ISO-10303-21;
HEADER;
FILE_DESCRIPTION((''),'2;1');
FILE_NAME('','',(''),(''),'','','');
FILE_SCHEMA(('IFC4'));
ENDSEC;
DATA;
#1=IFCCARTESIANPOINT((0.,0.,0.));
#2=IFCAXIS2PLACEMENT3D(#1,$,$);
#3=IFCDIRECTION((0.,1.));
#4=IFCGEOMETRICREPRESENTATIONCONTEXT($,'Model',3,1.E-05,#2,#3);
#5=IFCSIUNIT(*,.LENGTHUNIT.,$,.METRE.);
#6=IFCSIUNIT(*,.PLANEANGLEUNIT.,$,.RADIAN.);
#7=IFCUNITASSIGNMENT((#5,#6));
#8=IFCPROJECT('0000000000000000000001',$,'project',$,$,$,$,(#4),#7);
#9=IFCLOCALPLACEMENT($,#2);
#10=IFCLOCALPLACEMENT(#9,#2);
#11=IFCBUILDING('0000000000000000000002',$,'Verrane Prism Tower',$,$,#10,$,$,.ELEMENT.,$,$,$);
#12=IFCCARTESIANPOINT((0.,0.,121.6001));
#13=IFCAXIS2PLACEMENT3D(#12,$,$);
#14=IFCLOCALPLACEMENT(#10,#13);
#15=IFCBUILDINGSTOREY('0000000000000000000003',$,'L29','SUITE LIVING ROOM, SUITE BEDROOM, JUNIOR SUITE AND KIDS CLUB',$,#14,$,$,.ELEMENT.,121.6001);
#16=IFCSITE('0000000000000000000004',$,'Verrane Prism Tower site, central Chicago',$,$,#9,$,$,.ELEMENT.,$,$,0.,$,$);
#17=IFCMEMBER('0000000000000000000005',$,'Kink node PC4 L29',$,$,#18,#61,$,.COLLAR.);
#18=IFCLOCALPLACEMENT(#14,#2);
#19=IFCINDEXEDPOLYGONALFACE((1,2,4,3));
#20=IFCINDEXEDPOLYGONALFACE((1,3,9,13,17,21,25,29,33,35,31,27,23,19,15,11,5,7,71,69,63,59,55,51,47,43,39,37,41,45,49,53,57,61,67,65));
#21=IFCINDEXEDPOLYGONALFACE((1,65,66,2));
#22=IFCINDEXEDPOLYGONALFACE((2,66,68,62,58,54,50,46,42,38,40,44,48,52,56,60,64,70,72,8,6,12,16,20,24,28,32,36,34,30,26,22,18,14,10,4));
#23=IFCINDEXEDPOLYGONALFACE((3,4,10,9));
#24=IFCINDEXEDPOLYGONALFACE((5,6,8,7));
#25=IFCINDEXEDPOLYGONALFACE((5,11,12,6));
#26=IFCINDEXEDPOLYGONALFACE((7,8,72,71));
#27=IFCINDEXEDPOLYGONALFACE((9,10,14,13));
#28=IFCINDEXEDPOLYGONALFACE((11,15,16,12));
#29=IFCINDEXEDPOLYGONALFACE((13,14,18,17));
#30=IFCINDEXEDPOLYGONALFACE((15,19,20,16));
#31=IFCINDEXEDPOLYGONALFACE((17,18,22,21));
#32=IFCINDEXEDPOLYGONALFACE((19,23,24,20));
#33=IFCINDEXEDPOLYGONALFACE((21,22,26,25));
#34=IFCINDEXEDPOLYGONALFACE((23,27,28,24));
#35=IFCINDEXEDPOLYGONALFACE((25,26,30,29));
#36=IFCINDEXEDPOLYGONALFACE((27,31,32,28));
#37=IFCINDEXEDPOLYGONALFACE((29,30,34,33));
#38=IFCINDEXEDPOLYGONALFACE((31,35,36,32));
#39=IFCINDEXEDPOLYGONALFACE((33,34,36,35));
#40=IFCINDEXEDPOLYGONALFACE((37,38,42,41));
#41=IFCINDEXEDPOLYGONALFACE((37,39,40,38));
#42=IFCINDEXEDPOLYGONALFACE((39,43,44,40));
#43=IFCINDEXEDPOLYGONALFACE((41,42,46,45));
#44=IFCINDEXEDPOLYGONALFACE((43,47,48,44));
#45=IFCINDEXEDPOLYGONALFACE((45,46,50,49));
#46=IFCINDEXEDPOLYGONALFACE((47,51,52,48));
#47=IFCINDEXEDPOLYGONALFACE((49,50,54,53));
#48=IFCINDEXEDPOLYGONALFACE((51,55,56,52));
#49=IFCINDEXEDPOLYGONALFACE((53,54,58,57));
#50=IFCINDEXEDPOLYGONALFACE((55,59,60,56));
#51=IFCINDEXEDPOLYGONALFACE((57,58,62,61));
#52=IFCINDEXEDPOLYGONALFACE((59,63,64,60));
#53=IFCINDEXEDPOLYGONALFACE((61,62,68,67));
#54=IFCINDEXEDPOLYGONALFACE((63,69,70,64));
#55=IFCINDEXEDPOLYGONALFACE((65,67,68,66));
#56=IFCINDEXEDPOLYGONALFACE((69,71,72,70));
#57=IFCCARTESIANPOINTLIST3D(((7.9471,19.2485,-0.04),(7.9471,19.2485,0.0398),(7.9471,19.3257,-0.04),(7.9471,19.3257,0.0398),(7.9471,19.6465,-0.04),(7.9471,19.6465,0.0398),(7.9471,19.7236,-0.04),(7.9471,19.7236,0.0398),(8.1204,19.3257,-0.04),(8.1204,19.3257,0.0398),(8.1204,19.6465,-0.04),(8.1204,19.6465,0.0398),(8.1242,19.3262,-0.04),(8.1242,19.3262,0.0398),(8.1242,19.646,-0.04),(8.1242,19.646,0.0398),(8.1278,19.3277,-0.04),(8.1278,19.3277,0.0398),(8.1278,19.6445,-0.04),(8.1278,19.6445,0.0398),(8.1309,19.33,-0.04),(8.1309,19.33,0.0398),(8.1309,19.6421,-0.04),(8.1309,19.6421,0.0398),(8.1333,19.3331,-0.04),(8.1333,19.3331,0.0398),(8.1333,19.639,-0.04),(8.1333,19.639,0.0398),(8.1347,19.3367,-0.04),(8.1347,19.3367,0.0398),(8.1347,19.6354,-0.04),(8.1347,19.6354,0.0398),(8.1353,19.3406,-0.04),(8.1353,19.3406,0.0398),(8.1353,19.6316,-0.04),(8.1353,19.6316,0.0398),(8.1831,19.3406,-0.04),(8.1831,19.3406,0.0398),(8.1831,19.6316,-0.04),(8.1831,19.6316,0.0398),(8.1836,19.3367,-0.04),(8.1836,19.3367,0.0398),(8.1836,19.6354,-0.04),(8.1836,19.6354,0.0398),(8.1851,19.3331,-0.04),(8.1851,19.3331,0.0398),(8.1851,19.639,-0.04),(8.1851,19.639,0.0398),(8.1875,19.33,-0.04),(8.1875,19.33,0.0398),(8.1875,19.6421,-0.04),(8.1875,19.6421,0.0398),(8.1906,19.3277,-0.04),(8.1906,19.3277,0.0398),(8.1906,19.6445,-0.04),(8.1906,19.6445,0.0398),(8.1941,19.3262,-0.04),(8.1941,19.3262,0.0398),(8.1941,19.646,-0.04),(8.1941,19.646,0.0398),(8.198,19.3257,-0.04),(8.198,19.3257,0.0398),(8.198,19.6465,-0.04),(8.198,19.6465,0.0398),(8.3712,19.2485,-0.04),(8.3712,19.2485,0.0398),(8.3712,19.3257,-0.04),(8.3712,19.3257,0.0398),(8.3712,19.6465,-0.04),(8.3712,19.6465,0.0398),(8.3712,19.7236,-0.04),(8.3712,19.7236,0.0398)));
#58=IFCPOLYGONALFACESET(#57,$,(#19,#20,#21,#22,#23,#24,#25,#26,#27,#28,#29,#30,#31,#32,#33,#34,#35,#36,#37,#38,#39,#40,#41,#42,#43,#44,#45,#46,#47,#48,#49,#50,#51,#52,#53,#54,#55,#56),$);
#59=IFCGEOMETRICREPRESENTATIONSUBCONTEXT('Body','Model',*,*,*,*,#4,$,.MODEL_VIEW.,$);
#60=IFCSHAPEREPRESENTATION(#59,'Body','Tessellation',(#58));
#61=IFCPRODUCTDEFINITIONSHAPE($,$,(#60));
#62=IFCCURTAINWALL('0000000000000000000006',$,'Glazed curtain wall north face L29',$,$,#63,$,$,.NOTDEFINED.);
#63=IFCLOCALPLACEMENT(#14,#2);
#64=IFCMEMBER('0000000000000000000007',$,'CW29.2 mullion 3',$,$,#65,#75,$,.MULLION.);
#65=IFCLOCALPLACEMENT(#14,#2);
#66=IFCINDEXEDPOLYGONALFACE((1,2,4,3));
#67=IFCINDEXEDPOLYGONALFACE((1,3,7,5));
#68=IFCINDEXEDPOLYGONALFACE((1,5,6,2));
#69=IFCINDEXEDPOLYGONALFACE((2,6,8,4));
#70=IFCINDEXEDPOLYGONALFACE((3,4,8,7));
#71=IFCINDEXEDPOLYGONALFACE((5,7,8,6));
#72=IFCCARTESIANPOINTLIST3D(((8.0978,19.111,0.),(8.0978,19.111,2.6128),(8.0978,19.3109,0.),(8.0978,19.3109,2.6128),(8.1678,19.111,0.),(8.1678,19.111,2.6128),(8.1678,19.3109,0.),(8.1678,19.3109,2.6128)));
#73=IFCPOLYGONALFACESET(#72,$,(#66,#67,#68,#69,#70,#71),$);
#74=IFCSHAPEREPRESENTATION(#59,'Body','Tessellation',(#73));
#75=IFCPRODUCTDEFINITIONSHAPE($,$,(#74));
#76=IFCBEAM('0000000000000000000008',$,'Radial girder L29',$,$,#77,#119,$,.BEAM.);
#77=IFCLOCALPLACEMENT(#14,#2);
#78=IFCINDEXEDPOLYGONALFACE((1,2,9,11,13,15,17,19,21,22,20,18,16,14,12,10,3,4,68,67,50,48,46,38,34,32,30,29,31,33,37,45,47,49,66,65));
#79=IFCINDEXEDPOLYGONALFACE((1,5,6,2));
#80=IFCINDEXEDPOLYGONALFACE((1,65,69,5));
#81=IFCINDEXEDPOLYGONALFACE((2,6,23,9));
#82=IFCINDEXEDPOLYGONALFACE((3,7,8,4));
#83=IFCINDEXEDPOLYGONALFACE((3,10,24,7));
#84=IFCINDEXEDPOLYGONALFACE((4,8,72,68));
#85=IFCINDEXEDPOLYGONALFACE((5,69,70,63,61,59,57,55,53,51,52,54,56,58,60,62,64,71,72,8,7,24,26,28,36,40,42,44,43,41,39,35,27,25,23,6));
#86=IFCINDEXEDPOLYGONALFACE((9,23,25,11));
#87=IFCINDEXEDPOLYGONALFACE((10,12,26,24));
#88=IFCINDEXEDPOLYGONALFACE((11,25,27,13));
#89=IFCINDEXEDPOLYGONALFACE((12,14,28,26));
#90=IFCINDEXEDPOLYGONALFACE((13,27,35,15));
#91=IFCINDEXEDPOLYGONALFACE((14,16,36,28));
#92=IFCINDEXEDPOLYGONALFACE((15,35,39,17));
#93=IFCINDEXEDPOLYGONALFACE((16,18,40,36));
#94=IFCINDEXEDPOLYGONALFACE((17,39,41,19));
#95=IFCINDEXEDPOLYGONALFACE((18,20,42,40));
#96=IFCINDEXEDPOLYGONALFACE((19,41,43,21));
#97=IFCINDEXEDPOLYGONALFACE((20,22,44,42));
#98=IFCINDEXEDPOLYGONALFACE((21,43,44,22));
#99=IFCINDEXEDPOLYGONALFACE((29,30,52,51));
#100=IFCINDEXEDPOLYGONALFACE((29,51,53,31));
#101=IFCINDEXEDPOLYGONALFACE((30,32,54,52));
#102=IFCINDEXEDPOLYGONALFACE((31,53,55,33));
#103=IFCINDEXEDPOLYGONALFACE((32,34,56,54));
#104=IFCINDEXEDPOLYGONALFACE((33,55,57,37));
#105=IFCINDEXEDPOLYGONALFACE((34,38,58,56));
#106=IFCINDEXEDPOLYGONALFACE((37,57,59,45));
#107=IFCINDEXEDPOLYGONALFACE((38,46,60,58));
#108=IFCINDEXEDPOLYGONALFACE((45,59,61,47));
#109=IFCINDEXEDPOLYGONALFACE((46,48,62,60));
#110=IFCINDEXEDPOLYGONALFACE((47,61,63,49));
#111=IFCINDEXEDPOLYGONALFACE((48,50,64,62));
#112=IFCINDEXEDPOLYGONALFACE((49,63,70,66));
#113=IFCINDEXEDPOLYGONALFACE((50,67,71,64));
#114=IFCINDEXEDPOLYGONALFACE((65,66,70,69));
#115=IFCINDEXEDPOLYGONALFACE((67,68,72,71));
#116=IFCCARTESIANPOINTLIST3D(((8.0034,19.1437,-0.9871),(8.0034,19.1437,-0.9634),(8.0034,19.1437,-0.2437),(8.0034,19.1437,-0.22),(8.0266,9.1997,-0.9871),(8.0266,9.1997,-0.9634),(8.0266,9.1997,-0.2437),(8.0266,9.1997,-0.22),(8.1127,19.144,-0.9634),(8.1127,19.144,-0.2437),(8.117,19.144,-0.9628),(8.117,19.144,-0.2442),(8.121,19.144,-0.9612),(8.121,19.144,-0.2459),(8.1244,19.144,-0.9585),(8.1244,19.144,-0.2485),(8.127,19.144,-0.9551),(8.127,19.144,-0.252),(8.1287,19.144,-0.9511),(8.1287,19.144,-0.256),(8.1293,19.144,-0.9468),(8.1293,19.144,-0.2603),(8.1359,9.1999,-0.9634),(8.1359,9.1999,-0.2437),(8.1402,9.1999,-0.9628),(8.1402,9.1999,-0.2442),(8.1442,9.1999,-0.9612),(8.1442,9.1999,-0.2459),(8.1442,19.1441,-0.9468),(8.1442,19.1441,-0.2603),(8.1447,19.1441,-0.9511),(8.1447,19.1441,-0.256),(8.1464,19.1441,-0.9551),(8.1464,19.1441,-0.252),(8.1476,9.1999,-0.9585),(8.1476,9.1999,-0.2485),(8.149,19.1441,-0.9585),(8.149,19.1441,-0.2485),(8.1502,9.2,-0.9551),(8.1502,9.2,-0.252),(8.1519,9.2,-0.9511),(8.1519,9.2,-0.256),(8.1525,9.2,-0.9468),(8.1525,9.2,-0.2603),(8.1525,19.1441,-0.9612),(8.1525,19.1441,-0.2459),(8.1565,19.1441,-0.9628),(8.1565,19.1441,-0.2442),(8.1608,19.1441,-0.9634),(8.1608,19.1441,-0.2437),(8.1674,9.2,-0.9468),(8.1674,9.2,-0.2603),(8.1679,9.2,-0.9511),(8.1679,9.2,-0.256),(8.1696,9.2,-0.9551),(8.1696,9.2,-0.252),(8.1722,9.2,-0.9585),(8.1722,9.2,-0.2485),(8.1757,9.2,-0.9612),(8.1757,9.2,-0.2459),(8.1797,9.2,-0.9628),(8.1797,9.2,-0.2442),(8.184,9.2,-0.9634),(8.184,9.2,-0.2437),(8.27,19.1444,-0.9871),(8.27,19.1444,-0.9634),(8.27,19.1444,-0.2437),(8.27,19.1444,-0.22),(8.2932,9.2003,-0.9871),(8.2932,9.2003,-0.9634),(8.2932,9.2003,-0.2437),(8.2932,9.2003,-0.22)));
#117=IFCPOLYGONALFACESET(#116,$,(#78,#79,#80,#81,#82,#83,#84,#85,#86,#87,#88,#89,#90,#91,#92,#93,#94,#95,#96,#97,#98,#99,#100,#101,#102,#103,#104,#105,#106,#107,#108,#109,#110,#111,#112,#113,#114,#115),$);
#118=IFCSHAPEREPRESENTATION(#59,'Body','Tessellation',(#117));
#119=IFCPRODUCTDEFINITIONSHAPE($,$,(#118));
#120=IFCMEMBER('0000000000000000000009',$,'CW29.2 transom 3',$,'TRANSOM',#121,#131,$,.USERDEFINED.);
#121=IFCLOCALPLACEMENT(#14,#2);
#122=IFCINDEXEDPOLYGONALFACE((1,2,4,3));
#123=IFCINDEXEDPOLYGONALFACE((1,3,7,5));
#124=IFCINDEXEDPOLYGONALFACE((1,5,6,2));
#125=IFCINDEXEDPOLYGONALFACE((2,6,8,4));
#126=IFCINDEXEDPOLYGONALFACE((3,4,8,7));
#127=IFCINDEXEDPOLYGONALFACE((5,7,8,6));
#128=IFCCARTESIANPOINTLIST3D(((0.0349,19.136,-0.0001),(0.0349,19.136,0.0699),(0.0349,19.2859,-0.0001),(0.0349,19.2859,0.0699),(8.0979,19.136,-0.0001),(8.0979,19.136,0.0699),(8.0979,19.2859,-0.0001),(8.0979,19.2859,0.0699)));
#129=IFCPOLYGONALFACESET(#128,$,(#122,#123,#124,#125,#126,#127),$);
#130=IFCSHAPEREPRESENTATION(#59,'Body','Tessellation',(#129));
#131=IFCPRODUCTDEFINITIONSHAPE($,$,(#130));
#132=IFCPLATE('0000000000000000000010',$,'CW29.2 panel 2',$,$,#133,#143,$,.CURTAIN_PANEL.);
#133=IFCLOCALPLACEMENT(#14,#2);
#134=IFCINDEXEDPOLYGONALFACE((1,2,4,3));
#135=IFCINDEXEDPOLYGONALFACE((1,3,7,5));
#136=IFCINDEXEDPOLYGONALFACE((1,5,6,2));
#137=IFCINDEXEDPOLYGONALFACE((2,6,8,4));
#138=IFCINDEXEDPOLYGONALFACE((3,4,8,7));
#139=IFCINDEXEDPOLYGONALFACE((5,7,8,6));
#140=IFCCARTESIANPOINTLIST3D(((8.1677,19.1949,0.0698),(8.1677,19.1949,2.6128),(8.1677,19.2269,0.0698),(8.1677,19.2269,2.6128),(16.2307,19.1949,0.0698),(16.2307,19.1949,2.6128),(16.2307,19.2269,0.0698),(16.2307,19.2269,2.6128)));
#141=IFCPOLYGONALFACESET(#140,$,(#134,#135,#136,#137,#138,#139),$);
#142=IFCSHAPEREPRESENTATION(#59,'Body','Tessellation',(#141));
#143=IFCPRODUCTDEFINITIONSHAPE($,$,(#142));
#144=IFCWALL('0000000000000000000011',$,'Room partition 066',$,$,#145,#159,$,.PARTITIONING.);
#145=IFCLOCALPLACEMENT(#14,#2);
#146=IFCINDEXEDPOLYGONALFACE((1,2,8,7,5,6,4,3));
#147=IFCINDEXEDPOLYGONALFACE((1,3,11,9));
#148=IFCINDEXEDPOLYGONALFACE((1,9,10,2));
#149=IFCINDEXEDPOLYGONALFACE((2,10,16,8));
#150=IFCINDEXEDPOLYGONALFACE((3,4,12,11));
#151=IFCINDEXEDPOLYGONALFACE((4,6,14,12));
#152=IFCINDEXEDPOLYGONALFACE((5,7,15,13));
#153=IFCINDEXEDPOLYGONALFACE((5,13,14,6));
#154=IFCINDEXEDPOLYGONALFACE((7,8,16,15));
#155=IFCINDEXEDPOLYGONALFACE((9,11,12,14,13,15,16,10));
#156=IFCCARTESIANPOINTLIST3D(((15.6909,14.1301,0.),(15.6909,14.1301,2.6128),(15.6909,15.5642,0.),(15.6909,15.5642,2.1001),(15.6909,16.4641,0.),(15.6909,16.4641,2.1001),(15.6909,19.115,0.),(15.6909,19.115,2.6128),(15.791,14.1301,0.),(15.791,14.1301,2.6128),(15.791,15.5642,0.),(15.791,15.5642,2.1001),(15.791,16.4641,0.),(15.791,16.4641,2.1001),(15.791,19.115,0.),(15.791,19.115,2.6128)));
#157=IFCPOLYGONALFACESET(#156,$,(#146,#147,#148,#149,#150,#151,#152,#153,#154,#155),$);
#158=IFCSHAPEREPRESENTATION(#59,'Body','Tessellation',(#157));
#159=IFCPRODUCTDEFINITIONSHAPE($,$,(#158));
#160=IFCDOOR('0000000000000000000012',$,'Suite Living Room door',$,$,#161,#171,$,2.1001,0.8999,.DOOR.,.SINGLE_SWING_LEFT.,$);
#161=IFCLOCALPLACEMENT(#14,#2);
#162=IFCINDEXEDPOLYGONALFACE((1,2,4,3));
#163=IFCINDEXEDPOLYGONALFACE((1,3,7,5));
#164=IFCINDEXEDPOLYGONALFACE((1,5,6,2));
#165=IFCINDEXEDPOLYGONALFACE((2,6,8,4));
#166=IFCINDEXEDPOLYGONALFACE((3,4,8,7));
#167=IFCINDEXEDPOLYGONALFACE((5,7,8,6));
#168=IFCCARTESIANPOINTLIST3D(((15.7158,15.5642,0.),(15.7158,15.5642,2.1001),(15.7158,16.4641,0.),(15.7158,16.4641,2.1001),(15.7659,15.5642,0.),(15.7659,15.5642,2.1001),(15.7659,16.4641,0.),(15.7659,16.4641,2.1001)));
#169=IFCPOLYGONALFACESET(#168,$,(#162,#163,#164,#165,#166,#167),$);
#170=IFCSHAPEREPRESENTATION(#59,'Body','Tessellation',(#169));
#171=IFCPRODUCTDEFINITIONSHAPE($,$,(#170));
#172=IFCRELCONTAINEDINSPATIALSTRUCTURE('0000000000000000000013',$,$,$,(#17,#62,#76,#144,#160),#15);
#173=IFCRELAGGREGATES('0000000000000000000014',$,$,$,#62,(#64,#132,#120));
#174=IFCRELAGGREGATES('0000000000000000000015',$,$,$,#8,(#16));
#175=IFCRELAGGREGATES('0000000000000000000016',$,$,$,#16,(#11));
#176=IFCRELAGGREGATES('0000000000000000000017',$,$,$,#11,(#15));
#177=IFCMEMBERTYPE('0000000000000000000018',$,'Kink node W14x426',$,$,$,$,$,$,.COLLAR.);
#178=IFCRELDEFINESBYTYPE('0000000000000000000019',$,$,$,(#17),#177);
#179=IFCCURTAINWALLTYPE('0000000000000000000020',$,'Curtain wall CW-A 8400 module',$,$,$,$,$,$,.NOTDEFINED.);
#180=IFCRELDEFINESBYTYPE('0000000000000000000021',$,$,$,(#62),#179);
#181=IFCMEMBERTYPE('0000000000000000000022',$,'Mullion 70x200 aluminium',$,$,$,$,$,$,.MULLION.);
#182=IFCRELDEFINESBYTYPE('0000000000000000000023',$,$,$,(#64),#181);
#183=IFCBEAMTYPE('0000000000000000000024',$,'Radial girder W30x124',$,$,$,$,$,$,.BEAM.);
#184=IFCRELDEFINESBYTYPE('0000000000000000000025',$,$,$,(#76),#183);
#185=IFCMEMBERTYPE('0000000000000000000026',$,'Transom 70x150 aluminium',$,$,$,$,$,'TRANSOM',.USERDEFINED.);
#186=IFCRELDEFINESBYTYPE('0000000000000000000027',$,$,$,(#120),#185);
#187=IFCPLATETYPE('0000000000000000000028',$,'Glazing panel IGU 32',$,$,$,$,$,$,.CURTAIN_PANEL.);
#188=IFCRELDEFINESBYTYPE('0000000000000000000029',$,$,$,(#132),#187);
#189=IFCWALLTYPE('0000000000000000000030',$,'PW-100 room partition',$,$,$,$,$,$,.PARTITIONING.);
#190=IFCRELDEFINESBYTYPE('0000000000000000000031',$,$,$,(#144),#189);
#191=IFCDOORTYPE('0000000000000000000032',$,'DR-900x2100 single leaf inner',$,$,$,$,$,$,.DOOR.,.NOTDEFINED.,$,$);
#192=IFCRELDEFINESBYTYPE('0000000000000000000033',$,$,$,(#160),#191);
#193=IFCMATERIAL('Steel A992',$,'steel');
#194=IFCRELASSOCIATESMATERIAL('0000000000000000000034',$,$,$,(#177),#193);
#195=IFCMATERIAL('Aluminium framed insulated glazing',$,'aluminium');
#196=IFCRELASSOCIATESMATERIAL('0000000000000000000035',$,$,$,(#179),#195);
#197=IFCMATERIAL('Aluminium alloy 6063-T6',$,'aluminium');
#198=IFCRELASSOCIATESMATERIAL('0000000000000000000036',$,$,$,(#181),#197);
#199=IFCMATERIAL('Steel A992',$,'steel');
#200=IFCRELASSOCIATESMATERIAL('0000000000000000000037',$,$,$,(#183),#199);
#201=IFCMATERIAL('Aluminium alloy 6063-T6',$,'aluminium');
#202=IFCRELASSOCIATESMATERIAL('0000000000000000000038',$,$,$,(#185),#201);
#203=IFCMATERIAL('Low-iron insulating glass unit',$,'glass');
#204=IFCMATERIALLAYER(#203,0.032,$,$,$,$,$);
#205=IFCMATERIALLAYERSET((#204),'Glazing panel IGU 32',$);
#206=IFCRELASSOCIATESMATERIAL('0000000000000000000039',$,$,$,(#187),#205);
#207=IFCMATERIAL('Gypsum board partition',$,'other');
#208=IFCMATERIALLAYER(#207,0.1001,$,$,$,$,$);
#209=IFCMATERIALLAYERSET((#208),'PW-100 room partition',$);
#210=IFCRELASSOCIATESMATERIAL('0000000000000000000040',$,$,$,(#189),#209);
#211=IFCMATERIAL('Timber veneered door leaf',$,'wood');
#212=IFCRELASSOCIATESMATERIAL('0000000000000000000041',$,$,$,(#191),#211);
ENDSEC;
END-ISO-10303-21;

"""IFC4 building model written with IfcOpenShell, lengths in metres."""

from ifc_helpers import new_model, si_unit, direction, frame, frame_2d, origin, origin_2d, place, context, subcontext, project, spatial, rectangle, i_section, extrude, material, layer, layer_set, material_profile, profile_set, type_object, element, fill, aggregate, save


model = new_model("IFC4")

# Units and contexts
model_context = context("Model", 3, precision=1e-05, world=origin(), true_north=direction((0.0, 1.0)))
body_context = subcontext(model_context, "Body", "Model", "MODEL_VIEW")
ifc_project = project(units=[si_unit("LENGTHUNIT", "METRE"), si_unit("PLANEANGLEUNIT", "RADIAN")], contexts=[model_context])

# Site, building, storey
site_placement = place(None, origin())
site = spatial("IfcSite", under=ifc_project, at=site_placement, Name="Verrane Prism Tower site, central Chicago", CompositionType="ELEMENT", RefElevation=0.0)
building_placement = place(site_placement, origin())
building = spatial("IfcBuilding", under=site, at=building_placement, Name="Verrane Prism Tower", CompositionType="ELEMENT")
storey_placement = place(building_placement, frame((0.0, 0.0, 121.6001)))
storey = spatial("IfcBuildingStorey", under=building, at=storey_placement, Name="L29", Description="SUITE LIVING ROOM, SUITE BEDROOM, JUNIOR SUITE AND KIDS CLUB", CompositionType="ELEMENT", Elevation=121.6001)

# Member
ifc_material_1 = material(Name="Steel A992", Category="steel")
ifc_material_profile_1 = material_profile(ifc_material_1, i_section(OverallWidth=0.4241, OverallDepth=0.4751, WebThickness=0.0479, FlangeThickness=0.0771, FilletRadius=0.0149, at=origin_2d()), Name="W14x426")
ifc_profile_set_1 = profile_set([ifc_material_profile_1], Name="Steel A992")
member_type_1 = type_object("IfcMemberType", Name="Kink node W14x426", PredefinedType="COLLAR", material=ifc_profile_set_1)
member_1_placement = place(storey_placement, frame((8.1592, 19.4861, -0.04), z_axis=(0.0, 0.0, 1.0), x_axis=(1.0, 0.0, 0.0)))
element("IfcMember", 1, at=member_1_placement, inside=storey, type_object=member_type_1, Name="Kink node PC4 L29", PredefinedType="COLLAR", context=body_context, shape_type="SweptSolid", body=[
    extrude(i_section(OverallWidth=0.4241, OverallDepth=0.4751, WebThickness=0.0479, FlangeThickness=0.0771, FilletRadius=0.0149, at=origin_2d()), origin(), (0.0, 0.0, 1.0), 0.0798),
])

# Curtain wall, member
ifc_material_2 = material(Name="Aluminium framed insulated glazing", Category="aluminium")
curtain_wall_type = type_object("IfcCurtainWallType", Name="Curtain wall CW-A 8400 module", PredefinedType="NOTDEFINED", material=ifc_material_2)
curtain_wall_placement = place(storey_placement, origin())
curtain_wall = element("IfcCurtainWall", 2, at=curtain_wall_placement, inside=storey, type_object=curtain_wall_type, Name="Glazed curtain wall north face L29", PredefinedType="NOTDEFINED")
ifc_material_3 = material(Name="Aluminium alloy 6063-T6", Category="aluminium")
ifc_material_profile_2 = material_profile(ifc_material_3, rectangle(XDim=0.2, YDim=0.0701, at=origin_2d()), Name="Mullion 70x200 aluminium")
ifc_profile_set_2 = profile_set([ifc_material_profile_2], Name="Aluminium alloy 6063-T6")
member_type_2 = type_object("IfcMemberType", Name="Mullion 70x200 aluminium", PredefinedType="MULLION", material=ifc_profile_set_2)
member_2_placement = place(storey_placement, frame((8.1328, 19.2109, 0.0), z_axis=(0.0, 0.0, 1.0), x_axis=(0.0, -1.0, 0.0)))
member_2 = element("IfcMember", 3, at=member_2_placement, type_object=member_type_2, Name="CW29.2 mullion 3", PredefinedType="MULLION", context=body_context, shape_type="SweptSolid", body=[
    extrude(rectangle(XDim=0.2, YDim=0.0701, at=origin_2d()), origin(), (0.0, 0.0, 1.0), 2.6128),
])

# Beam
ifc_material_4 = material(Name="Steel A992", Category="steel")
ifc_material_profile_3 = material_profile(ifc_material_4, i_section(OverallWidth=0.2666, OverallDepth=0.7671, WebThickness=0.0149, FlangeThickness=0.0237, FilletRadius=0.0166, at=origin_2d()), Name="W30x124")
ifc_profile_set_3 = profile_set([ifc_material_profile_3], Name="Steel A992")
beam_type_1 = type_object("IfcBeamType", Name="Radial girder W30x124", PredefinedType="BEAM", material=ifc_profile_set_3)
beam_1_placement = place(storey_placement, frame((8.1367, 19.144, -0.6035), z_axis=(0.002332, -0.999997, 0.0), x_axis=(0.999997, 0.002332, 0.0)))
element("IfcBeam", 4, at=beam_1_placement, inside=storey, type_object=beam_type_1, Name="Radial girder L29", PredefinedType="BEAM", context=body_context, shape_type="SweptSolid", body=[
    extrude(i_section(OverallWidth=0.2666, OverallDepth=0.7671, WebThickness=0.0149, FlangeThickness=0.0237, FilletRadius=0.0166, at=origin_2d()), origin(), (0.0, 0.0, 1.0), 9.9441),
])

# Member
ifc_material_5 = material(Name="Aluminium alloy 6063-T6", Category="aluminium")
ifc_material_profile_4 = material_profile(ifc_material_5, rectangle(XDim=0.1499, YDim=0.0701, at=origin_2d()), Name="Transom 70x150 aluminium")
ifc_profile_set_4 = profile_set([ifc_material_profile_4], Name="Aluminium alloy 6063-T6")
member_type_3 = type_object("IfcMemberType", Name="Transom 70x150 aluminium", ElementType="TRANSOM", PredefinedType="USERDEFINED", material=ifc_profile_set_4)
member_3_placement = place(storey_placement, frame((8.0979, 19.2109, 0.0349), z_axis=(-1.0, 0.0, 0.0), x_axis=(0.0, -1.0, 0.0)))
member_3 = element("IfcMember", 5, at=member_3_placement, type_object=member_type_3, Name="CW29.2 transom 3", ObjectType="TRANSOM", PredefinedType="USERDEFINED", context=body_context, shape_type="SweptSolid", body=[
    extrude(rectangle(XDim=0.1499, YDim=0.0701, at=origin_2d()), origin(), (0.0, 0.0, 1.0), 8.063),
])

# Plate
ifc_material_6 = material(Name="Low-iron insulating glass unit", Category="glass")
ifc_layer_1 = layer(ifc_material_6, 0.032)
ifc_layer_set_1 = layer_set([ifc_layer_1], Name="Glazing panel IGU 32")
plate_type = type_object("IfcPlateType", Name="Glazing panel IGU 32", PredefinedType="CURTAIN_PANEL", material=ifc_layer_set_1)
plate_placement = place(storey_placement, frame((12.1992, 19.2109, 0.0698), z_axis=(0.0, 0.0, 1.0), x_axis=(-1.0, 0.0, 0.0)))
plate = element("IfcPlate", 6, at=plate_placement, type_object=plate_type, Name="CW29.2 panel 2", PredefinedType="CURTAIN_PANEL", context=body_context, shape_type="SweptSolid", body=[
    extrude(rectangle(XDim=8.063, YDim=0.032, at=origin_2d()), origin(), (0.0, 0.0, 1.0), 2.543),
])
aggregate(curtain_wall, [member_2, plate, member_3])

# Wall, opening, door
ifc_material_7 = material(Name="Gypsum board partition", Category="other")
ifc_layer_2 = layer(ifc_material_7, 0.1001)
ifc_layer_set_2 = layer_set([ifc_layer_2], Name="PW-100 room partition")
wall_type_1 = type_object("IfcWallType", Name="PW-100 room partition", PredefinedType="PARTITIONING", material=ifc_layer_set_2)
wall_1_placement = place(storey_placement, frame((15.741, 19.115, 0.0), z_axis=(0.0, 0.0, 1.0), x_axis=(0.0, -1.0, 0.0)))
wall_1 = element("IfcWall", 7, at=wall_1_placement, inside=storey, type_object=wall_type_1, Name="Room partition 066", PredefinedType="PARTITIONING", context=body_context, shape_type="SweptSolid", body=[
    extrude(rectangle(XDim=4.9849, YDim=0.1001, at=frame_2d((2.4924, 0.0))), origin(), (0.0, 0.0, 1.0), 2.6128),
])
opening_1_placement = place(wall_1_placement, frame((2.6509, 0.0, 0.0)))
opening_1 = element("IfcOpeningElement", 8, at=opening_1_placement, cuts=wall_1, PredefinedType="OPENING", context=body_context, shape_type="SweptSolid", body=[
    extrude(rectangle(XDim=0.8999, YDim=2.1001, at=frame_2d((0.45, 1.05))), frame((0.0, 0.0601, 0.0), z_axis=(0.0, -1.0, 0.0), x_axis=(1.0, 0.0, 0.0)), (0.0, 0.0, 1.0), 0.1201),
])
ifc_material_8 = material(Name="Timber veneered door leaf", Category="wood")
door_type_1 = type_object("IfcDoorType", Name="DR-900x2100 single leaf inner", OperationType="NOTDEFINED", PredefinedType="DOOR", material=ifc_material_8)
door_1_placement = place(opening_1_placement, origin())
door_1 = element("IfcDoor", 9, at=door_1_placement, inside=storey, type_object=door_type_1, Name="Suite Living Room door", OperationType="SINGLE_SWING_LEFT", OverallHeight=2.1001, OverallWidth=0.8999, PredefinedType="DOOR", context=body_context, shape_type="SweptSolid", body=[
    extrude(rectangle(XDim=0.8999, YDim=2.1001, at=frame_2d((0.45, 1.05))), frame((0.0, 0.0249, 0.0), z_axis=(0.0, -1.0, 0.0), x_axis=(1.0, 0.0, 0.0)), (0.0, 0.0, 1.0), 0.05),
])
fill(opening_1, door_1)

save(model, "model.ifc")
